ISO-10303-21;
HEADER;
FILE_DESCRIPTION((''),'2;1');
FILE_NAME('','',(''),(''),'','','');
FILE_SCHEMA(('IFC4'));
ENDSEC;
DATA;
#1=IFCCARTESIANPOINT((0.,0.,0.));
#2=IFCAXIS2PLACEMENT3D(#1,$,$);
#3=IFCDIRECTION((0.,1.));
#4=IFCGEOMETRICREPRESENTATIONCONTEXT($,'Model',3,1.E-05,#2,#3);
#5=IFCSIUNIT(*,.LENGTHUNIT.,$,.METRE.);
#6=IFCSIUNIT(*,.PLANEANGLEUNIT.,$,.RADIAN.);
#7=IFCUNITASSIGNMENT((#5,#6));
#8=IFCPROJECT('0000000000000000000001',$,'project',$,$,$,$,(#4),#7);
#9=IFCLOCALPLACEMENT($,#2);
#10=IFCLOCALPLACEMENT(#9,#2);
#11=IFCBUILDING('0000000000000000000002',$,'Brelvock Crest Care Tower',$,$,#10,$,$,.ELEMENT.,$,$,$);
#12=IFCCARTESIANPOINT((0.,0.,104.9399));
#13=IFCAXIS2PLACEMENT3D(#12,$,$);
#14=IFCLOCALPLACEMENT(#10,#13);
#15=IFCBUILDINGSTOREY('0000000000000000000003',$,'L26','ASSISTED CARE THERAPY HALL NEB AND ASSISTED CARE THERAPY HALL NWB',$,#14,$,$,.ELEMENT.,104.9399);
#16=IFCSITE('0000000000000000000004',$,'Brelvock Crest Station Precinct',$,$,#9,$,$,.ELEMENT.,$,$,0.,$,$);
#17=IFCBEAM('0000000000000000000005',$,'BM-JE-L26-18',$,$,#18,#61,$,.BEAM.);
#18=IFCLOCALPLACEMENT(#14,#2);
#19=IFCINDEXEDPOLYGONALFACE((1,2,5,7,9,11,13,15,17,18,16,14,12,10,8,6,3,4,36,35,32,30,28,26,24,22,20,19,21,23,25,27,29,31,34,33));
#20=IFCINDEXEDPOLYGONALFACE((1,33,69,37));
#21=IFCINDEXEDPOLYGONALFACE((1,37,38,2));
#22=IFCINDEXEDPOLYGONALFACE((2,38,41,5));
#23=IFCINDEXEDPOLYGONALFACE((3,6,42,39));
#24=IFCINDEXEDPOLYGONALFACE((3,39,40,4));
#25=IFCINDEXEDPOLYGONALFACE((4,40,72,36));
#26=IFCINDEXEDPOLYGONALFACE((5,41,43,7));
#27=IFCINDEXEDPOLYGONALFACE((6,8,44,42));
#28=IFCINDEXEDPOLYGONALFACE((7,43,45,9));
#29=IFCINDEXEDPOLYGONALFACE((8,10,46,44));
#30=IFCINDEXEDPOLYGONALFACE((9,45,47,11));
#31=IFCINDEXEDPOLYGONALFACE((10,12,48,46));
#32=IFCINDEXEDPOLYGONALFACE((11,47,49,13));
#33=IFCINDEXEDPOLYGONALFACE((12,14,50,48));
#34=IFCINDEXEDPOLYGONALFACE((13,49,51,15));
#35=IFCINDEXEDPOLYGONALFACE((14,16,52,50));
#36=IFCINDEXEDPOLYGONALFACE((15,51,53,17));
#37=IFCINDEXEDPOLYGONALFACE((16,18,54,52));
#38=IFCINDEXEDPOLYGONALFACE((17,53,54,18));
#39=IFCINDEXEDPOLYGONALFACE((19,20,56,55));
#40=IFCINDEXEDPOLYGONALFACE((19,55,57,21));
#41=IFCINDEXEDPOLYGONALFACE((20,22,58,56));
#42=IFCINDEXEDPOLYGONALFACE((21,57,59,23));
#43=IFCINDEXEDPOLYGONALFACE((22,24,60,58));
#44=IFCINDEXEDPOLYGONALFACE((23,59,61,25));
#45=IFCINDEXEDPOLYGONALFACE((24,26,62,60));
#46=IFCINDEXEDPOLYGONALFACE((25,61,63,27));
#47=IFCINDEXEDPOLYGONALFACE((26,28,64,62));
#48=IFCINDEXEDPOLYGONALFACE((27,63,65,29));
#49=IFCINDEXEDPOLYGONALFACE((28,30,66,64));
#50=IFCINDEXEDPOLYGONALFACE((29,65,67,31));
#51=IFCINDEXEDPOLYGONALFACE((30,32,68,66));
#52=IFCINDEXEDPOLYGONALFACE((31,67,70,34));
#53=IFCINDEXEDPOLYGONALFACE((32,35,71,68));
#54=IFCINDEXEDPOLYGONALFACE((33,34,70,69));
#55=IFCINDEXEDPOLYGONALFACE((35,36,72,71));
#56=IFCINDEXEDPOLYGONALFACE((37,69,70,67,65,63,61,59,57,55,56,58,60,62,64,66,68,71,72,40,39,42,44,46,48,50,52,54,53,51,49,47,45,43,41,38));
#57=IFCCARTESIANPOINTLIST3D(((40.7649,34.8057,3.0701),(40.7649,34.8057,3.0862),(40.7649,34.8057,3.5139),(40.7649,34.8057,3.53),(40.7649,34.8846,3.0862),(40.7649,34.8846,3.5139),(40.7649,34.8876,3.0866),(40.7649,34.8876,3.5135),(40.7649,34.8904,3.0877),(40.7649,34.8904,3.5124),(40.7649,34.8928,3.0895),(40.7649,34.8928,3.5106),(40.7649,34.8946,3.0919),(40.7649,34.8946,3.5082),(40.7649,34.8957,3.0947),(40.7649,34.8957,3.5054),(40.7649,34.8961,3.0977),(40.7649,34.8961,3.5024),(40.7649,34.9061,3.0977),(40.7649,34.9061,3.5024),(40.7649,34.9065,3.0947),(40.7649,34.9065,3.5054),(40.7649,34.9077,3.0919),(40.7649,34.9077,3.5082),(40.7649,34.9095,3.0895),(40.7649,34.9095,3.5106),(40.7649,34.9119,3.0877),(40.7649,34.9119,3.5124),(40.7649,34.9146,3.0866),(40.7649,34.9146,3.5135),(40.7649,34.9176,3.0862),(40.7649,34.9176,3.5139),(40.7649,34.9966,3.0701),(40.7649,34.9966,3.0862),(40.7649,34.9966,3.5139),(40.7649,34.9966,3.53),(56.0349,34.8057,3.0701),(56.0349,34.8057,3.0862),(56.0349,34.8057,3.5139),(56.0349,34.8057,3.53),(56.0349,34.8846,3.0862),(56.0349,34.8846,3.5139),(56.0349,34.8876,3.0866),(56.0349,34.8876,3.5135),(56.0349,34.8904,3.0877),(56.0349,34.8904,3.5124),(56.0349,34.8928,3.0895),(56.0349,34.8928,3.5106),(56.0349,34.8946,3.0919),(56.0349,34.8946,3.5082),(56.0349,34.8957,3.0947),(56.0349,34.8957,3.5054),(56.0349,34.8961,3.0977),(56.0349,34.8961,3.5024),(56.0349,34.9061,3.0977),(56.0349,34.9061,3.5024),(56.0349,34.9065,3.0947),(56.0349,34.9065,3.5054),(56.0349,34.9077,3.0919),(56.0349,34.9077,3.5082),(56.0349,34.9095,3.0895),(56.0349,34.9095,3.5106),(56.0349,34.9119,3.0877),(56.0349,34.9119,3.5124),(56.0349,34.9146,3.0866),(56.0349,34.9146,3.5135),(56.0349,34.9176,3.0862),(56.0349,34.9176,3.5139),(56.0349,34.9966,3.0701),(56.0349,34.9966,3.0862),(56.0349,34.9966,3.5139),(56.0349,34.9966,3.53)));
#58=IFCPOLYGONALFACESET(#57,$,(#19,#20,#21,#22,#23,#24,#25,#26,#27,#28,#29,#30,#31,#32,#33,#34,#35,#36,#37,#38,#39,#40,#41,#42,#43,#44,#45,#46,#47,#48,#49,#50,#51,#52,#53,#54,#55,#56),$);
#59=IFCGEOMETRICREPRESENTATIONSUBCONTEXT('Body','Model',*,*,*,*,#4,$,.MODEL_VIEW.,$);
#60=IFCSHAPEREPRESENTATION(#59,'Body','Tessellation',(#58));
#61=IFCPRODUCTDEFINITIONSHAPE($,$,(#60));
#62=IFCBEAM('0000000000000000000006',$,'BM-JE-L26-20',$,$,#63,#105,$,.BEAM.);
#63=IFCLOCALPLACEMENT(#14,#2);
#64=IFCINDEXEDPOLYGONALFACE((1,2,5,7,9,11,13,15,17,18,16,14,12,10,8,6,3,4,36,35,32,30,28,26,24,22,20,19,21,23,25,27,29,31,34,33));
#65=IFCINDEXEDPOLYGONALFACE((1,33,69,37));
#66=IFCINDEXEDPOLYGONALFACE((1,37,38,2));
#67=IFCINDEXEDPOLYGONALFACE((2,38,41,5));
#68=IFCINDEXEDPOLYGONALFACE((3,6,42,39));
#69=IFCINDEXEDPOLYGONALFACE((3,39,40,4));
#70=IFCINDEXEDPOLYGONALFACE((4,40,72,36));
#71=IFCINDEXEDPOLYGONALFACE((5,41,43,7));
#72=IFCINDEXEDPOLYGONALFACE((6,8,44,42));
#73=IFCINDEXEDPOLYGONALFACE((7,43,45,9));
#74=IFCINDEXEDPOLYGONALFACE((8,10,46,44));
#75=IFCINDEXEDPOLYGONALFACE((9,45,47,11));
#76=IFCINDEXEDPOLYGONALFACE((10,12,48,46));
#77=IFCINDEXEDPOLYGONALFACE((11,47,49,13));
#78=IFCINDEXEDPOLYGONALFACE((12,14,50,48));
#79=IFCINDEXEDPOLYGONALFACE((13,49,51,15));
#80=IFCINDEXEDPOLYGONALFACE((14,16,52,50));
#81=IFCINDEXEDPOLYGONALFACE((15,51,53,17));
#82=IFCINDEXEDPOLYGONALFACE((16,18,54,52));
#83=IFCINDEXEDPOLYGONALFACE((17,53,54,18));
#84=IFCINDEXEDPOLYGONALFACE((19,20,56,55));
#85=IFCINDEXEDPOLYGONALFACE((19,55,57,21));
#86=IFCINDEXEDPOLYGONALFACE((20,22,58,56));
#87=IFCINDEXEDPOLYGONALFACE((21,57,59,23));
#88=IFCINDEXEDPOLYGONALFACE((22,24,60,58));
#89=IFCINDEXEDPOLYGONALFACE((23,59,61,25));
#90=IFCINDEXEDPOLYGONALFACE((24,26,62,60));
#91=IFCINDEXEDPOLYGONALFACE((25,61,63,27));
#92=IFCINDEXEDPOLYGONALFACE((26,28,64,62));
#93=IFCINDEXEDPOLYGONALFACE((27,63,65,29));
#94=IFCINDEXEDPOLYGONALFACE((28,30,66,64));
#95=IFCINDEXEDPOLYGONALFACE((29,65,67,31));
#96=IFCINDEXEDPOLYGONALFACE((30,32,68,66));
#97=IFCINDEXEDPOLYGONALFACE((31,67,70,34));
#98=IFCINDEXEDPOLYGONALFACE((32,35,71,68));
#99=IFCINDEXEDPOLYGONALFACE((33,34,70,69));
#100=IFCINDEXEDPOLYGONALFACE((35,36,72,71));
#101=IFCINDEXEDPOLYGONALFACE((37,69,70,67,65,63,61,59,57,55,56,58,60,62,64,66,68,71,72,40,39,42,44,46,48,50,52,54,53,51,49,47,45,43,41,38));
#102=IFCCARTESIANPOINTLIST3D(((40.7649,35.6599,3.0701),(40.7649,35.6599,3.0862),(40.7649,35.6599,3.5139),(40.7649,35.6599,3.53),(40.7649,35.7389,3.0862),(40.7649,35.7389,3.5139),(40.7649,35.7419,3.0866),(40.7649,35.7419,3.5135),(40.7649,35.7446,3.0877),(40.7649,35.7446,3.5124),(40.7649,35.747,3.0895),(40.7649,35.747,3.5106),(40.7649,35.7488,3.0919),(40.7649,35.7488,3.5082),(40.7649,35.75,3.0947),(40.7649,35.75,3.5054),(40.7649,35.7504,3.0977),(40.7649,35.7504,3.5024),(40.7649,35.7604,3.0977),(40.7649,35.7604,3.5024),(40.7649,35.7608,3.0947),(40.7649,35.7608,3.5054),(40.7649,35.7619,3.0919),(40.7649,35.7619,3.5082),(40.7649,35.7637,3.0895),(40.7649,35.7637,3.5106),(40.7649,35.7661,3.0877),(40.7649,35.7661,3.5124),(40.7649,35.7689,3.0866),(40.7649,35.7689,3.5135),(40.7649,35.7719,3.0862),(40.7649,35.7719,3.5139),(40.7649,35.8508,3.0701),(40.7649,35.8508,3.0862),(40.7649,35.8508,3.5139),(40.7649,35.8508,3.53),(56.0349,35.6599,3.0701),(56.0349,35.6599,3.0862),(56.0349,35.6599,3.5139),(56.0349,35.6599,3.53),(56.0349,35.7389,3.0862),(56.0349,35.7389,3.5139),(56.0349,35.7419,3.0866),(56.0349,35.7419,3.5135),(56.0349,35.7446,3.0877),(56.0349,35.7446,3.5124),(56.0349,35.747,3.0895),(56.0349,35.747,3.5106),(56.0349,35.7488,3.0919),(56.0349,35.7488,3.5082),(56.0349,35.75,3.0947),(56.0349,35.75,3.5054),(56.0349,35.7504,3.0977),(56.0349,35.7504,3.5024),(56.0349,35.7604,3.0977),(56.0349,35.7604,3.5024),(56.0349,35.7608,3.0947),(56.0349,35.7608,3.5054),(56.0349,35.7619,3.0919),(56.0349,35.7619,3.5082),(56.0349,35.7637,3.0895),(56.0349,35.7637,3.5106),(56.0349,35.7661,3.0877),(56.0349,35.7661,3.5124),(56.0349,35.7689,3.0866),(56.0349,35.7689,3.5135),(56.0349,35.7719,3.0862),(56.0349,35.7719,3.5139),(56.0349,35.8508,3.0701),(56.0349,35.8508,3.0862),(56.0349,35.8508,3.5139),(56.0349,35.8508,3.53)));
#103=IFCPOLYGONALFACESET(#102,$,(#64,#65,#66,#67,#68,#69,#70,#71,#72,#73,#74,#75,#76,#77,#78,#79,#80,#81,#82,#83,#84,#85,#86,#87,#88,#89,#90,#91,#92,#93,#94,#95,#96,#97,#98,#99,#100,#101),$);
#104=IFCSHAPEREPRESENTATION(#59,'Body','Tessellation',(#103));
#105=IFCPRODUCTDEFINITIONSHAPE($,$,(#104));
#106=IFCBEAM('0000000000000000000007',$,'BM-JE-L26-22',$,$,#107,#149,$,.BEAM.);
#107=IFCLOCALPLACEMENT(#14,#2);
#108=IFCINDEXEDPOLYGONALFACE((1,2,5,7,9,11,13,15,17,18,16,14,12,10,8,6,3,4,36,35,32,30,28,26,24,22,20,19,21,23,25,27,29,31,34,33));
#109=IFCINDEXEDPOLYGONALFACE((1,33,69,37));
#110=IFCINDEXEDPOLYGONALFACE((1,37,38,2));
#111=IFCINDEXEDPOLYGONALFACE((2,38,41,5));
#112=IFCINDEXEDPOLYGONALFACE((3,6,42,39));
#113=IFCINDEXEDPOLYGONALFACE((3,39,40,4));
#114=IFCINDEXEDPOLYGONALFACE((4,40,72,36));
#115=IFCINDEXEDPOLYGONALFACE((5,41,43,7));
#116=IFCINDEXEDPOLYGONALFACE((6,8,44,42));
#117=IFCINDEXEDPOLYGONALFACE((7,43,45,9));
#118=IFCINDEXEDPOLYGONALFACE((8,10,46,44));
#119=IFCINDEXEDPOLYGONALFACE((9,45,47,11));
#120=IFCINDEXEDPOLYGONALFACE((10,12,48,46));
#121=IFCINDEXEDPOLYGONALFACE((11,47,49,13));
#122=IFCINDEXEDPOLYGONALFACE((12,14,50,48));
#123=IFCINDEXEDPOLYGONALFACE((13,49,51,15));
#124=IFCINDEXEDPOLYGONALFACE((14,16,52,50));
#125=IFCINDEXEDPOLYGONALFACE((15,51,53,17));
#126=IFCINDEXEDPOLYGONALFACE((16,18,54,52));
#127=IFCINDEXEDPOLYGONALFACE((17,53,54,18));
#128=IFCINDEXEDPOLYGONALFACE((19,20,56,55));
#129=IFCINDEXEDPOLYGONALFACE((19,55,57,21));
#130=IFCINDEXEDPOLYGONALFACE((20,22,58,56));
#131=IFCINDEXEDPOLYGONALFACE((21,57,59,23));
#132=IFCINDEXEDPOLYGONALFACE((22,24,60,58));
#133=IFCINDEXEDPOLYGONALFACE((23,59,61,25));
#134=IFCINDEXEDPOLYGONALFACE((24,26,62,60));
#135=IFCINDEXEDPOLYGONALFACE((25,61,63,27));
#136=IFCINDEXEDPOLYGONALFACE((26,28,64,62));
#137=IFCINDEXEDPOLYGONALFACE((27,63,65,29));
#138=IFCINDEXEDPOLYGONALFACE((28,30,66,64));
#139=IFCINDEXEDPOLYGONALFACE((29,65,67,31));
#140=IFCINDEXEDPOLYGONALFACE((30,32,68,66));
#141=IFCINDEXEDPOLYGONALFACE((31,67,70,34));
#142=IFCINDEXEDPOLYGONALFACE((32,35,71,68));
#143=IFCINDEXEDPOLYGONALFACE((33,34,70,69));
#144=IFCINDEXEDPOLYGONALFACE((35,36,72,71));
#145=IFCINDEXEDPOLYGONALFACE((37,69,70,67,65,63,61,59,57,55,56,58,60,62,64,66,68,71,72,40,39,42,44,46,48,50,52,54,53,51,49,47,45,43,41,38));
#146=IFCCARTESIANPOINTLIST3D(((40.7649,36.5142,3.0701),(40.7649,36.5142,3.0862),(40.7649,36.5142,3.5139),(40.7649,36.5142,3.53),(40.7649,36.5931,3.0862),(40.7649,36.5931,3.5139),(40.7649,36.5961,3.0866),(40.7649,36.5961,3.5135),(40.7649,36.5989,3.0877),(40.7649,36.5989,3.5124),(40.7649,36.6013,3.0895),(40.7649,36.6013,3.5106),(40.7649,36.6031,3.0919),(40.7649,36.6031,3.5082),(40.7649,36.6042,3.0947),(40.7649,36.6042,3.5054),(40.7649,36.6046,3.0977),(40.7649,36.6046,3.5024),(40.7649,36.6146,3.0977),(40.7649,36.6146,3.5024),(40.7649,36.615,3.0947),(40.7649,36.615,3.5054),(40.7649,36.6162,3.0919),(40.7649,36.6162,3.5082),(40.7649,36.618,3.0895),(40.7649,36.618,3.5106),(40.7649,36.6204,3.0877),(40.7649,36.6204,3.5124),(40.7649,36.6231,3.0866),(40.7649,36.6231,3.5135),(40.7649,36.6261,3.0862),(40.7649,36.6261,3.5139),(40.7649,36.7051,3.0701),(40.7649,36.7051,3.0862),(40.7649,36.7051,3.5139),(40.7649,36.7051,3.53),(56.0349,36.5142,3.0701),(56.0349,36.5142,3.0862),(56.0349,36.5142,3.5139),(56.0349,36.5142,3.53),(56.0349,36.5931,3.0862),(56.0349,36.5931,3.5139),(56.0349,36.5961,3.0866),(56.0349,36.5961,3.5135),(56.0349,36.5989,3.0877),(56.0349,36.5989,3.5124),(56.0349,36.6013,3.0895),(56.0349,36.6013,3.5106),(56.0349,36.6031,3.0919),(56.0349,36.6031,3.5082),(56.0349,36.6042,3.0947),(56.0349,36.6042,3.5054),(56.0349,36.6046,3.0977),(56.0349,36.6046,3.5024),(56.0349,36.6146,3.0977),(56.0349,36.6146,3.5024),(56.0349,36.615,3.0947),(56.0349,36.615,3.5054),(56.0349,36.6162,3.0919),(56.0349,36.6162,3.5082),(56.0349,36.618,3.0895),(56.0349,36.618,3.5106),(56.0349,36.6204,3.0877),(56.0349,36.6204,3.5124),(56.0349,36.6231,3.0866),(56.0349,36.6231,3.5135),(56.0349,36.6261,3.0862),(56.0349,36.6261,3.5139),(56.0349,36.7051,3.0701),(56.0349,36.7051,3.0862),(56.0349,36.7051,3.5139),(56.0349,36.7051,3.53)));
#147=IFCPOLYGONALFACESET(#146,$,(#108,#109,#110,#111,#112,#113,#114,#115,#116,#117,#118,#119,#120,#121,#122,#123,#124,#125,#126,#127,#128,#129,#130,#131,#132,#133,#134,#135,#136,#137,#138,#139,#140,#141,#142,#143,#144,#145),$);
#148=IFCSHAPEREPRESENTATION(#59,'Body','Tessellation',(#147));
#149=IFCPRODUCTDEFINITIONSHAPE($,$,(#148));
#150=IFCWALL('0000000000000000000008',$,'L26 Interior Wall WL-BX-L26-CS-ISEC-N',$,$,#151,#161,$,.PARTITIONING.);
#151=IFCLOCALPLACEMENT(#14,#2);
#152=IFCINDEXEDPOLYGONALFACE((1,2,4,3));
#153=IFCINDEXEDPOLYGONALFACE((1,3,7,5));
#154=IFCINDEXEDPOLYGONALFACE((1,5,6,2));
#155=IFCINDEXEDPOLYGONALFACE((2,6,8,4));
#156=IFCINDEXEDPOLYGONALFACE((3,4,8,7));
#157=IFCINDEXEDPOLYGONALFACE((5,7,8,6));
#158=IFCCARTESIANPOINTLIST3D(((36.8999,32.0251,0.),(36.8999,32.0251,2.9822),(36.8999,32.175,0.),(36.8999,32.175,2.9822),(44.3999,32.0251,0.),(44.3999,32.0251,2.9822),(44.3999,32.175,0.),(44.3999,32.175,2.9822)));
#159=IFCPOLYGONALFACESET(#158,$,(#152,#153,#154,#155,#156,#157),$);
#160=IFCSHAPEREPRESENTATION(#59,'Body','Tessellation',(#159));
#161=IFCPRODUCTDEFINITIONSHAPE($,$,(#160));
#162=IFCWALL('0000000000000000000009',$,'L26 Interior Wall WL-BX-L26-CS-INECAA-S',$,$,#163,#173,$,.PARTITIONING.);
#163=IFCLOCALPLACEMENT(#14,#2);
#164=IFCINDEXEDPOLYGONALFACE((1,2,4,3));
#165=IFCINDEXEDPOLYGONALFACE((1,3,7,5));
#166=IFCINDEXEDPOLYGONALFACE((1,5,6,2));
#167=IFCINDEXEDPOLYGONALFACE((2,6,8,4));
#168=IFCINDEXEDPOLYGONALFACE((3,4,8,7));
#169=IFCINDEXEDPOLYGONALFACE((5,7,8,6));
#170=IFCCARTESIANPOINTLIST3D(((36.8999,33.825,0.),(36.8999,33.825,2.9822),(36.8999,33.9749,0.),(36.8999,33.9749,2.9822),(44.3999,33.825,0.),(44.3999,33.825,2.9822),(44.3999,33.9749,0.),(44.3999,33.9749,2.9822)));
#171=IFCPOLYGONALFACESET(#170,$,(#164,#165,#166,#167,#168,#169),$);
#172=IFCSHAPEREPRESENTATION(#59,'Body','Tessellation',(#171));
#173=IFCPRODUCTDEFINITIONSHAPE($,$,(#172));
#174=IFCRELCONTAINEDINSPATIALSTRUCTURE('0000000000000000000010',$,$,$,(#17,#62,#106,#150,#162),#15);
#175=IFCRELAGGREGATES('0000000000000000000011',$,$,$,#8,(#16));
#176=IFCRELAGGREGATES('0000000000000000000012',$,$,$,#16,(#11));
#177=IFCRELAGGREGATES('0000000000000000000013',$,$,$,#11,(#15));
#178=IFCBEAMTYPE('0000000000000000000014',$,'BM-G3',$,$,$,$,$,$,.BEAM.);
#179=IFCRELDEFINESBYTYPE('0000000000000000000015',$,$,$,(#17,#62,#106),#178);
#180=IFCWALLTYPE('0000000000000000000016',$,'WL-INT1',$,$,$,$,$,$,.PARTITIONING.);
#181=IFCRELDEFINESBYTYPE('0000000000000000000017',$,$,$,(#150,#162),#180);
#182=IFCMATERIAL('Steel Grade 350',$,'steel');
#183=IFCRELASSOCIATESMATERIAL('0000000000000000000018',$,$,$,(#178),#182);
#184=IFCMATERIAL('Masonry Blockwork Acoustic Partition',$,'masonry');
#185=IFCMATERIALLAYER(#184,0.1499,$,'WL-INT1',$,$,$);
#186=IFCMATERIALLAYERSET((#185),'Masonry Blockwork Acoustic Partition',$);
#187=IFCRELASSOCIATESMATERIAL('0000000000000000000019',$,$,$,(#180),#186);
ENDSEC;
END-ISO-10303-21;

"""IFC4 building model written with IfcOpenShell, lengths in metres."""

from ifc_helpers import new_model, si_unit, direction, frame, frame_2d, origin, origin_2d, place, context, subcontext, project, spatial, rectangle, i_section, extrude, source, transform, mapped, material, layer, layer_set, material_profile, profile_set, type_object, element, save


model = new_model("IFC4")

# Units and contexts
model_context = context("Model", 3, precision=1e-05, world=origin(), true_north=direction((0.0, 1.0)))
body_context = subcontext(model_context, "Body", "Model", "MODEL_VIEW")
ifc_project = project(units=[si_unit("LENGTHUNIT", "METRE"), si_unit("PLANEANGLEUNIT", "RADIAN")], contexts=[model_context])

# Site, building, storey
site_placement = place(None, origin())
site = spatial("IfcSite", under=ifc_project, at=site_placement, Name="Brelvock Crest Station Precinct", CompositionType="ELEMENT", RefElevation=0.0)
building_placement = place(site_placement, origin())
building = spatial("IfcBuilding", under=site, at=building_placement, Name="Brelvock Crest Care Tower", CompositionType="ELEMENT")
storey_placement = place(building_placement, frame((0.0, 0.0, 104.9399)))
storey = spatial("IfcBuildingStorey", under=building, at=storey_placement, Name="L26", Description="ASSISTED CARE THERAPY HALL NEB AND ASSISTED CARE THERAPY HALL NWB", CompositionType="ELEMENT", Elevation=104.9399)

# Beams
ifc_material_1 = material(Name="Steel Grade 350", Category="steel")
ifc_material_profile_1 = material_profile(ifc_material_1, i_section(OverallWidth=0.1909, OverallDepth=0.46, WebThickness=0.01, FlangeThickness=0.0161, FilletRadius=0.0115, at=origin_2d()), Name="460UB82.1")
ifc_profile_set_1 = profile_set([ifc_material_profile_1], Name="Steel Grade 350")
beam_type_1 = type_object("IfcBeamType", Name="BM-G3", PredefinedType="BEAM", material=ifc_profile_set_1)
shared_shape_1 = source(origin(), body_context, "Body", "SweptSolid", [
    extrude(i_section(OverallWidth=0.1909, OverallDepth=0.46, WebThickness=0.01, FlangeThickness=0.0161, FilletRadius=0.0115, at=origin_2d()), origin(), (0.0, 0.0, 1.0), 15.27),
])
for number, where, z_axis, x_axis, name in (
    (1, (40.7649, 34.9011, 3.3), (1.0, 0.0, 0.0), (0.0, 1.0, 0.0), "BM-JE-L26-18"),
    (2, (40.7649, 35.7554, 3.3), (1.0, 0.0, 0.0), (0.0, 1.0, 0.0), "BM-JE-L26-20"),
    (3, (40.7649, 36.6096, 3.3), (1.0, 0.0, 0.0), (0.0, 1.0, 0.0), "BM-JE-L26-22"),
):
    element("IfcBeam", number, at=place(storey_placement, frame(where, z_axis=z_axis, x_axis=x_axis)), inside=storey, type_object=beam_type_1, Name=name, PredefinedType="BEAM", context=body_context, shape_type="MappedRepresentation", body=[
        mapped(shared_shape_1, transform((0.0, 0.0, 0.0), x_axis=(1.0, 0.0, 0.0), y_axis=(0.0, 1.0, 0.0), z_axis=(0.0, 0.0, 1.0), scale=1.0)),
    ])

# Walls
ifc_material_2 = material(Name="Masonry Blockwork Acoustic Partition", Category="masonry")
ifc_layer = layer(ifc_material_2, 0.1499, Name="WL-INT1")
ifc_layer_set = layer_set([ifc_layer], Name="Masonry Blockwork Acoustic Partition")
wall_type = type_object("IfcWallType", Name="WL-INT1", PredefinedType="PARTITIONING", material=ifc_layer_set)
for number, where, z_axis, x_axis, name in (
    (4, (36.8999, 32.1001, 0.0), (0.0, 0.0, 1.0), (1.0, 0.0, 0.0), "L26 Interior Wall WL-BX-L26-CS-ISEC-N"),
    (5, (36.8999, 33.8999, 0.0), (0.0, 0.0, 1.0), (1.0, 0.0, 0.0), "L26 Interior Wall WL-BX-L26-CS-INECAA-S"),
):
    element("IfcWall", number, at=place(storey_placement, frame(where, z_axis=z_axis, x_axis=x_axis)), inside=storey, type_object=wall_type, Name=name, PredefinedType="PARTITIONING", context=body_context, shape_type="SweptSolid", body=[
        extrude(rectangle(XDim=7.5, YDim=0.1499, at=frame_2d((3.75, 0.0))), origin(), (0.0, 0.0, 1.0), 2.9822),
    ])

save(model, "model.ifc")
